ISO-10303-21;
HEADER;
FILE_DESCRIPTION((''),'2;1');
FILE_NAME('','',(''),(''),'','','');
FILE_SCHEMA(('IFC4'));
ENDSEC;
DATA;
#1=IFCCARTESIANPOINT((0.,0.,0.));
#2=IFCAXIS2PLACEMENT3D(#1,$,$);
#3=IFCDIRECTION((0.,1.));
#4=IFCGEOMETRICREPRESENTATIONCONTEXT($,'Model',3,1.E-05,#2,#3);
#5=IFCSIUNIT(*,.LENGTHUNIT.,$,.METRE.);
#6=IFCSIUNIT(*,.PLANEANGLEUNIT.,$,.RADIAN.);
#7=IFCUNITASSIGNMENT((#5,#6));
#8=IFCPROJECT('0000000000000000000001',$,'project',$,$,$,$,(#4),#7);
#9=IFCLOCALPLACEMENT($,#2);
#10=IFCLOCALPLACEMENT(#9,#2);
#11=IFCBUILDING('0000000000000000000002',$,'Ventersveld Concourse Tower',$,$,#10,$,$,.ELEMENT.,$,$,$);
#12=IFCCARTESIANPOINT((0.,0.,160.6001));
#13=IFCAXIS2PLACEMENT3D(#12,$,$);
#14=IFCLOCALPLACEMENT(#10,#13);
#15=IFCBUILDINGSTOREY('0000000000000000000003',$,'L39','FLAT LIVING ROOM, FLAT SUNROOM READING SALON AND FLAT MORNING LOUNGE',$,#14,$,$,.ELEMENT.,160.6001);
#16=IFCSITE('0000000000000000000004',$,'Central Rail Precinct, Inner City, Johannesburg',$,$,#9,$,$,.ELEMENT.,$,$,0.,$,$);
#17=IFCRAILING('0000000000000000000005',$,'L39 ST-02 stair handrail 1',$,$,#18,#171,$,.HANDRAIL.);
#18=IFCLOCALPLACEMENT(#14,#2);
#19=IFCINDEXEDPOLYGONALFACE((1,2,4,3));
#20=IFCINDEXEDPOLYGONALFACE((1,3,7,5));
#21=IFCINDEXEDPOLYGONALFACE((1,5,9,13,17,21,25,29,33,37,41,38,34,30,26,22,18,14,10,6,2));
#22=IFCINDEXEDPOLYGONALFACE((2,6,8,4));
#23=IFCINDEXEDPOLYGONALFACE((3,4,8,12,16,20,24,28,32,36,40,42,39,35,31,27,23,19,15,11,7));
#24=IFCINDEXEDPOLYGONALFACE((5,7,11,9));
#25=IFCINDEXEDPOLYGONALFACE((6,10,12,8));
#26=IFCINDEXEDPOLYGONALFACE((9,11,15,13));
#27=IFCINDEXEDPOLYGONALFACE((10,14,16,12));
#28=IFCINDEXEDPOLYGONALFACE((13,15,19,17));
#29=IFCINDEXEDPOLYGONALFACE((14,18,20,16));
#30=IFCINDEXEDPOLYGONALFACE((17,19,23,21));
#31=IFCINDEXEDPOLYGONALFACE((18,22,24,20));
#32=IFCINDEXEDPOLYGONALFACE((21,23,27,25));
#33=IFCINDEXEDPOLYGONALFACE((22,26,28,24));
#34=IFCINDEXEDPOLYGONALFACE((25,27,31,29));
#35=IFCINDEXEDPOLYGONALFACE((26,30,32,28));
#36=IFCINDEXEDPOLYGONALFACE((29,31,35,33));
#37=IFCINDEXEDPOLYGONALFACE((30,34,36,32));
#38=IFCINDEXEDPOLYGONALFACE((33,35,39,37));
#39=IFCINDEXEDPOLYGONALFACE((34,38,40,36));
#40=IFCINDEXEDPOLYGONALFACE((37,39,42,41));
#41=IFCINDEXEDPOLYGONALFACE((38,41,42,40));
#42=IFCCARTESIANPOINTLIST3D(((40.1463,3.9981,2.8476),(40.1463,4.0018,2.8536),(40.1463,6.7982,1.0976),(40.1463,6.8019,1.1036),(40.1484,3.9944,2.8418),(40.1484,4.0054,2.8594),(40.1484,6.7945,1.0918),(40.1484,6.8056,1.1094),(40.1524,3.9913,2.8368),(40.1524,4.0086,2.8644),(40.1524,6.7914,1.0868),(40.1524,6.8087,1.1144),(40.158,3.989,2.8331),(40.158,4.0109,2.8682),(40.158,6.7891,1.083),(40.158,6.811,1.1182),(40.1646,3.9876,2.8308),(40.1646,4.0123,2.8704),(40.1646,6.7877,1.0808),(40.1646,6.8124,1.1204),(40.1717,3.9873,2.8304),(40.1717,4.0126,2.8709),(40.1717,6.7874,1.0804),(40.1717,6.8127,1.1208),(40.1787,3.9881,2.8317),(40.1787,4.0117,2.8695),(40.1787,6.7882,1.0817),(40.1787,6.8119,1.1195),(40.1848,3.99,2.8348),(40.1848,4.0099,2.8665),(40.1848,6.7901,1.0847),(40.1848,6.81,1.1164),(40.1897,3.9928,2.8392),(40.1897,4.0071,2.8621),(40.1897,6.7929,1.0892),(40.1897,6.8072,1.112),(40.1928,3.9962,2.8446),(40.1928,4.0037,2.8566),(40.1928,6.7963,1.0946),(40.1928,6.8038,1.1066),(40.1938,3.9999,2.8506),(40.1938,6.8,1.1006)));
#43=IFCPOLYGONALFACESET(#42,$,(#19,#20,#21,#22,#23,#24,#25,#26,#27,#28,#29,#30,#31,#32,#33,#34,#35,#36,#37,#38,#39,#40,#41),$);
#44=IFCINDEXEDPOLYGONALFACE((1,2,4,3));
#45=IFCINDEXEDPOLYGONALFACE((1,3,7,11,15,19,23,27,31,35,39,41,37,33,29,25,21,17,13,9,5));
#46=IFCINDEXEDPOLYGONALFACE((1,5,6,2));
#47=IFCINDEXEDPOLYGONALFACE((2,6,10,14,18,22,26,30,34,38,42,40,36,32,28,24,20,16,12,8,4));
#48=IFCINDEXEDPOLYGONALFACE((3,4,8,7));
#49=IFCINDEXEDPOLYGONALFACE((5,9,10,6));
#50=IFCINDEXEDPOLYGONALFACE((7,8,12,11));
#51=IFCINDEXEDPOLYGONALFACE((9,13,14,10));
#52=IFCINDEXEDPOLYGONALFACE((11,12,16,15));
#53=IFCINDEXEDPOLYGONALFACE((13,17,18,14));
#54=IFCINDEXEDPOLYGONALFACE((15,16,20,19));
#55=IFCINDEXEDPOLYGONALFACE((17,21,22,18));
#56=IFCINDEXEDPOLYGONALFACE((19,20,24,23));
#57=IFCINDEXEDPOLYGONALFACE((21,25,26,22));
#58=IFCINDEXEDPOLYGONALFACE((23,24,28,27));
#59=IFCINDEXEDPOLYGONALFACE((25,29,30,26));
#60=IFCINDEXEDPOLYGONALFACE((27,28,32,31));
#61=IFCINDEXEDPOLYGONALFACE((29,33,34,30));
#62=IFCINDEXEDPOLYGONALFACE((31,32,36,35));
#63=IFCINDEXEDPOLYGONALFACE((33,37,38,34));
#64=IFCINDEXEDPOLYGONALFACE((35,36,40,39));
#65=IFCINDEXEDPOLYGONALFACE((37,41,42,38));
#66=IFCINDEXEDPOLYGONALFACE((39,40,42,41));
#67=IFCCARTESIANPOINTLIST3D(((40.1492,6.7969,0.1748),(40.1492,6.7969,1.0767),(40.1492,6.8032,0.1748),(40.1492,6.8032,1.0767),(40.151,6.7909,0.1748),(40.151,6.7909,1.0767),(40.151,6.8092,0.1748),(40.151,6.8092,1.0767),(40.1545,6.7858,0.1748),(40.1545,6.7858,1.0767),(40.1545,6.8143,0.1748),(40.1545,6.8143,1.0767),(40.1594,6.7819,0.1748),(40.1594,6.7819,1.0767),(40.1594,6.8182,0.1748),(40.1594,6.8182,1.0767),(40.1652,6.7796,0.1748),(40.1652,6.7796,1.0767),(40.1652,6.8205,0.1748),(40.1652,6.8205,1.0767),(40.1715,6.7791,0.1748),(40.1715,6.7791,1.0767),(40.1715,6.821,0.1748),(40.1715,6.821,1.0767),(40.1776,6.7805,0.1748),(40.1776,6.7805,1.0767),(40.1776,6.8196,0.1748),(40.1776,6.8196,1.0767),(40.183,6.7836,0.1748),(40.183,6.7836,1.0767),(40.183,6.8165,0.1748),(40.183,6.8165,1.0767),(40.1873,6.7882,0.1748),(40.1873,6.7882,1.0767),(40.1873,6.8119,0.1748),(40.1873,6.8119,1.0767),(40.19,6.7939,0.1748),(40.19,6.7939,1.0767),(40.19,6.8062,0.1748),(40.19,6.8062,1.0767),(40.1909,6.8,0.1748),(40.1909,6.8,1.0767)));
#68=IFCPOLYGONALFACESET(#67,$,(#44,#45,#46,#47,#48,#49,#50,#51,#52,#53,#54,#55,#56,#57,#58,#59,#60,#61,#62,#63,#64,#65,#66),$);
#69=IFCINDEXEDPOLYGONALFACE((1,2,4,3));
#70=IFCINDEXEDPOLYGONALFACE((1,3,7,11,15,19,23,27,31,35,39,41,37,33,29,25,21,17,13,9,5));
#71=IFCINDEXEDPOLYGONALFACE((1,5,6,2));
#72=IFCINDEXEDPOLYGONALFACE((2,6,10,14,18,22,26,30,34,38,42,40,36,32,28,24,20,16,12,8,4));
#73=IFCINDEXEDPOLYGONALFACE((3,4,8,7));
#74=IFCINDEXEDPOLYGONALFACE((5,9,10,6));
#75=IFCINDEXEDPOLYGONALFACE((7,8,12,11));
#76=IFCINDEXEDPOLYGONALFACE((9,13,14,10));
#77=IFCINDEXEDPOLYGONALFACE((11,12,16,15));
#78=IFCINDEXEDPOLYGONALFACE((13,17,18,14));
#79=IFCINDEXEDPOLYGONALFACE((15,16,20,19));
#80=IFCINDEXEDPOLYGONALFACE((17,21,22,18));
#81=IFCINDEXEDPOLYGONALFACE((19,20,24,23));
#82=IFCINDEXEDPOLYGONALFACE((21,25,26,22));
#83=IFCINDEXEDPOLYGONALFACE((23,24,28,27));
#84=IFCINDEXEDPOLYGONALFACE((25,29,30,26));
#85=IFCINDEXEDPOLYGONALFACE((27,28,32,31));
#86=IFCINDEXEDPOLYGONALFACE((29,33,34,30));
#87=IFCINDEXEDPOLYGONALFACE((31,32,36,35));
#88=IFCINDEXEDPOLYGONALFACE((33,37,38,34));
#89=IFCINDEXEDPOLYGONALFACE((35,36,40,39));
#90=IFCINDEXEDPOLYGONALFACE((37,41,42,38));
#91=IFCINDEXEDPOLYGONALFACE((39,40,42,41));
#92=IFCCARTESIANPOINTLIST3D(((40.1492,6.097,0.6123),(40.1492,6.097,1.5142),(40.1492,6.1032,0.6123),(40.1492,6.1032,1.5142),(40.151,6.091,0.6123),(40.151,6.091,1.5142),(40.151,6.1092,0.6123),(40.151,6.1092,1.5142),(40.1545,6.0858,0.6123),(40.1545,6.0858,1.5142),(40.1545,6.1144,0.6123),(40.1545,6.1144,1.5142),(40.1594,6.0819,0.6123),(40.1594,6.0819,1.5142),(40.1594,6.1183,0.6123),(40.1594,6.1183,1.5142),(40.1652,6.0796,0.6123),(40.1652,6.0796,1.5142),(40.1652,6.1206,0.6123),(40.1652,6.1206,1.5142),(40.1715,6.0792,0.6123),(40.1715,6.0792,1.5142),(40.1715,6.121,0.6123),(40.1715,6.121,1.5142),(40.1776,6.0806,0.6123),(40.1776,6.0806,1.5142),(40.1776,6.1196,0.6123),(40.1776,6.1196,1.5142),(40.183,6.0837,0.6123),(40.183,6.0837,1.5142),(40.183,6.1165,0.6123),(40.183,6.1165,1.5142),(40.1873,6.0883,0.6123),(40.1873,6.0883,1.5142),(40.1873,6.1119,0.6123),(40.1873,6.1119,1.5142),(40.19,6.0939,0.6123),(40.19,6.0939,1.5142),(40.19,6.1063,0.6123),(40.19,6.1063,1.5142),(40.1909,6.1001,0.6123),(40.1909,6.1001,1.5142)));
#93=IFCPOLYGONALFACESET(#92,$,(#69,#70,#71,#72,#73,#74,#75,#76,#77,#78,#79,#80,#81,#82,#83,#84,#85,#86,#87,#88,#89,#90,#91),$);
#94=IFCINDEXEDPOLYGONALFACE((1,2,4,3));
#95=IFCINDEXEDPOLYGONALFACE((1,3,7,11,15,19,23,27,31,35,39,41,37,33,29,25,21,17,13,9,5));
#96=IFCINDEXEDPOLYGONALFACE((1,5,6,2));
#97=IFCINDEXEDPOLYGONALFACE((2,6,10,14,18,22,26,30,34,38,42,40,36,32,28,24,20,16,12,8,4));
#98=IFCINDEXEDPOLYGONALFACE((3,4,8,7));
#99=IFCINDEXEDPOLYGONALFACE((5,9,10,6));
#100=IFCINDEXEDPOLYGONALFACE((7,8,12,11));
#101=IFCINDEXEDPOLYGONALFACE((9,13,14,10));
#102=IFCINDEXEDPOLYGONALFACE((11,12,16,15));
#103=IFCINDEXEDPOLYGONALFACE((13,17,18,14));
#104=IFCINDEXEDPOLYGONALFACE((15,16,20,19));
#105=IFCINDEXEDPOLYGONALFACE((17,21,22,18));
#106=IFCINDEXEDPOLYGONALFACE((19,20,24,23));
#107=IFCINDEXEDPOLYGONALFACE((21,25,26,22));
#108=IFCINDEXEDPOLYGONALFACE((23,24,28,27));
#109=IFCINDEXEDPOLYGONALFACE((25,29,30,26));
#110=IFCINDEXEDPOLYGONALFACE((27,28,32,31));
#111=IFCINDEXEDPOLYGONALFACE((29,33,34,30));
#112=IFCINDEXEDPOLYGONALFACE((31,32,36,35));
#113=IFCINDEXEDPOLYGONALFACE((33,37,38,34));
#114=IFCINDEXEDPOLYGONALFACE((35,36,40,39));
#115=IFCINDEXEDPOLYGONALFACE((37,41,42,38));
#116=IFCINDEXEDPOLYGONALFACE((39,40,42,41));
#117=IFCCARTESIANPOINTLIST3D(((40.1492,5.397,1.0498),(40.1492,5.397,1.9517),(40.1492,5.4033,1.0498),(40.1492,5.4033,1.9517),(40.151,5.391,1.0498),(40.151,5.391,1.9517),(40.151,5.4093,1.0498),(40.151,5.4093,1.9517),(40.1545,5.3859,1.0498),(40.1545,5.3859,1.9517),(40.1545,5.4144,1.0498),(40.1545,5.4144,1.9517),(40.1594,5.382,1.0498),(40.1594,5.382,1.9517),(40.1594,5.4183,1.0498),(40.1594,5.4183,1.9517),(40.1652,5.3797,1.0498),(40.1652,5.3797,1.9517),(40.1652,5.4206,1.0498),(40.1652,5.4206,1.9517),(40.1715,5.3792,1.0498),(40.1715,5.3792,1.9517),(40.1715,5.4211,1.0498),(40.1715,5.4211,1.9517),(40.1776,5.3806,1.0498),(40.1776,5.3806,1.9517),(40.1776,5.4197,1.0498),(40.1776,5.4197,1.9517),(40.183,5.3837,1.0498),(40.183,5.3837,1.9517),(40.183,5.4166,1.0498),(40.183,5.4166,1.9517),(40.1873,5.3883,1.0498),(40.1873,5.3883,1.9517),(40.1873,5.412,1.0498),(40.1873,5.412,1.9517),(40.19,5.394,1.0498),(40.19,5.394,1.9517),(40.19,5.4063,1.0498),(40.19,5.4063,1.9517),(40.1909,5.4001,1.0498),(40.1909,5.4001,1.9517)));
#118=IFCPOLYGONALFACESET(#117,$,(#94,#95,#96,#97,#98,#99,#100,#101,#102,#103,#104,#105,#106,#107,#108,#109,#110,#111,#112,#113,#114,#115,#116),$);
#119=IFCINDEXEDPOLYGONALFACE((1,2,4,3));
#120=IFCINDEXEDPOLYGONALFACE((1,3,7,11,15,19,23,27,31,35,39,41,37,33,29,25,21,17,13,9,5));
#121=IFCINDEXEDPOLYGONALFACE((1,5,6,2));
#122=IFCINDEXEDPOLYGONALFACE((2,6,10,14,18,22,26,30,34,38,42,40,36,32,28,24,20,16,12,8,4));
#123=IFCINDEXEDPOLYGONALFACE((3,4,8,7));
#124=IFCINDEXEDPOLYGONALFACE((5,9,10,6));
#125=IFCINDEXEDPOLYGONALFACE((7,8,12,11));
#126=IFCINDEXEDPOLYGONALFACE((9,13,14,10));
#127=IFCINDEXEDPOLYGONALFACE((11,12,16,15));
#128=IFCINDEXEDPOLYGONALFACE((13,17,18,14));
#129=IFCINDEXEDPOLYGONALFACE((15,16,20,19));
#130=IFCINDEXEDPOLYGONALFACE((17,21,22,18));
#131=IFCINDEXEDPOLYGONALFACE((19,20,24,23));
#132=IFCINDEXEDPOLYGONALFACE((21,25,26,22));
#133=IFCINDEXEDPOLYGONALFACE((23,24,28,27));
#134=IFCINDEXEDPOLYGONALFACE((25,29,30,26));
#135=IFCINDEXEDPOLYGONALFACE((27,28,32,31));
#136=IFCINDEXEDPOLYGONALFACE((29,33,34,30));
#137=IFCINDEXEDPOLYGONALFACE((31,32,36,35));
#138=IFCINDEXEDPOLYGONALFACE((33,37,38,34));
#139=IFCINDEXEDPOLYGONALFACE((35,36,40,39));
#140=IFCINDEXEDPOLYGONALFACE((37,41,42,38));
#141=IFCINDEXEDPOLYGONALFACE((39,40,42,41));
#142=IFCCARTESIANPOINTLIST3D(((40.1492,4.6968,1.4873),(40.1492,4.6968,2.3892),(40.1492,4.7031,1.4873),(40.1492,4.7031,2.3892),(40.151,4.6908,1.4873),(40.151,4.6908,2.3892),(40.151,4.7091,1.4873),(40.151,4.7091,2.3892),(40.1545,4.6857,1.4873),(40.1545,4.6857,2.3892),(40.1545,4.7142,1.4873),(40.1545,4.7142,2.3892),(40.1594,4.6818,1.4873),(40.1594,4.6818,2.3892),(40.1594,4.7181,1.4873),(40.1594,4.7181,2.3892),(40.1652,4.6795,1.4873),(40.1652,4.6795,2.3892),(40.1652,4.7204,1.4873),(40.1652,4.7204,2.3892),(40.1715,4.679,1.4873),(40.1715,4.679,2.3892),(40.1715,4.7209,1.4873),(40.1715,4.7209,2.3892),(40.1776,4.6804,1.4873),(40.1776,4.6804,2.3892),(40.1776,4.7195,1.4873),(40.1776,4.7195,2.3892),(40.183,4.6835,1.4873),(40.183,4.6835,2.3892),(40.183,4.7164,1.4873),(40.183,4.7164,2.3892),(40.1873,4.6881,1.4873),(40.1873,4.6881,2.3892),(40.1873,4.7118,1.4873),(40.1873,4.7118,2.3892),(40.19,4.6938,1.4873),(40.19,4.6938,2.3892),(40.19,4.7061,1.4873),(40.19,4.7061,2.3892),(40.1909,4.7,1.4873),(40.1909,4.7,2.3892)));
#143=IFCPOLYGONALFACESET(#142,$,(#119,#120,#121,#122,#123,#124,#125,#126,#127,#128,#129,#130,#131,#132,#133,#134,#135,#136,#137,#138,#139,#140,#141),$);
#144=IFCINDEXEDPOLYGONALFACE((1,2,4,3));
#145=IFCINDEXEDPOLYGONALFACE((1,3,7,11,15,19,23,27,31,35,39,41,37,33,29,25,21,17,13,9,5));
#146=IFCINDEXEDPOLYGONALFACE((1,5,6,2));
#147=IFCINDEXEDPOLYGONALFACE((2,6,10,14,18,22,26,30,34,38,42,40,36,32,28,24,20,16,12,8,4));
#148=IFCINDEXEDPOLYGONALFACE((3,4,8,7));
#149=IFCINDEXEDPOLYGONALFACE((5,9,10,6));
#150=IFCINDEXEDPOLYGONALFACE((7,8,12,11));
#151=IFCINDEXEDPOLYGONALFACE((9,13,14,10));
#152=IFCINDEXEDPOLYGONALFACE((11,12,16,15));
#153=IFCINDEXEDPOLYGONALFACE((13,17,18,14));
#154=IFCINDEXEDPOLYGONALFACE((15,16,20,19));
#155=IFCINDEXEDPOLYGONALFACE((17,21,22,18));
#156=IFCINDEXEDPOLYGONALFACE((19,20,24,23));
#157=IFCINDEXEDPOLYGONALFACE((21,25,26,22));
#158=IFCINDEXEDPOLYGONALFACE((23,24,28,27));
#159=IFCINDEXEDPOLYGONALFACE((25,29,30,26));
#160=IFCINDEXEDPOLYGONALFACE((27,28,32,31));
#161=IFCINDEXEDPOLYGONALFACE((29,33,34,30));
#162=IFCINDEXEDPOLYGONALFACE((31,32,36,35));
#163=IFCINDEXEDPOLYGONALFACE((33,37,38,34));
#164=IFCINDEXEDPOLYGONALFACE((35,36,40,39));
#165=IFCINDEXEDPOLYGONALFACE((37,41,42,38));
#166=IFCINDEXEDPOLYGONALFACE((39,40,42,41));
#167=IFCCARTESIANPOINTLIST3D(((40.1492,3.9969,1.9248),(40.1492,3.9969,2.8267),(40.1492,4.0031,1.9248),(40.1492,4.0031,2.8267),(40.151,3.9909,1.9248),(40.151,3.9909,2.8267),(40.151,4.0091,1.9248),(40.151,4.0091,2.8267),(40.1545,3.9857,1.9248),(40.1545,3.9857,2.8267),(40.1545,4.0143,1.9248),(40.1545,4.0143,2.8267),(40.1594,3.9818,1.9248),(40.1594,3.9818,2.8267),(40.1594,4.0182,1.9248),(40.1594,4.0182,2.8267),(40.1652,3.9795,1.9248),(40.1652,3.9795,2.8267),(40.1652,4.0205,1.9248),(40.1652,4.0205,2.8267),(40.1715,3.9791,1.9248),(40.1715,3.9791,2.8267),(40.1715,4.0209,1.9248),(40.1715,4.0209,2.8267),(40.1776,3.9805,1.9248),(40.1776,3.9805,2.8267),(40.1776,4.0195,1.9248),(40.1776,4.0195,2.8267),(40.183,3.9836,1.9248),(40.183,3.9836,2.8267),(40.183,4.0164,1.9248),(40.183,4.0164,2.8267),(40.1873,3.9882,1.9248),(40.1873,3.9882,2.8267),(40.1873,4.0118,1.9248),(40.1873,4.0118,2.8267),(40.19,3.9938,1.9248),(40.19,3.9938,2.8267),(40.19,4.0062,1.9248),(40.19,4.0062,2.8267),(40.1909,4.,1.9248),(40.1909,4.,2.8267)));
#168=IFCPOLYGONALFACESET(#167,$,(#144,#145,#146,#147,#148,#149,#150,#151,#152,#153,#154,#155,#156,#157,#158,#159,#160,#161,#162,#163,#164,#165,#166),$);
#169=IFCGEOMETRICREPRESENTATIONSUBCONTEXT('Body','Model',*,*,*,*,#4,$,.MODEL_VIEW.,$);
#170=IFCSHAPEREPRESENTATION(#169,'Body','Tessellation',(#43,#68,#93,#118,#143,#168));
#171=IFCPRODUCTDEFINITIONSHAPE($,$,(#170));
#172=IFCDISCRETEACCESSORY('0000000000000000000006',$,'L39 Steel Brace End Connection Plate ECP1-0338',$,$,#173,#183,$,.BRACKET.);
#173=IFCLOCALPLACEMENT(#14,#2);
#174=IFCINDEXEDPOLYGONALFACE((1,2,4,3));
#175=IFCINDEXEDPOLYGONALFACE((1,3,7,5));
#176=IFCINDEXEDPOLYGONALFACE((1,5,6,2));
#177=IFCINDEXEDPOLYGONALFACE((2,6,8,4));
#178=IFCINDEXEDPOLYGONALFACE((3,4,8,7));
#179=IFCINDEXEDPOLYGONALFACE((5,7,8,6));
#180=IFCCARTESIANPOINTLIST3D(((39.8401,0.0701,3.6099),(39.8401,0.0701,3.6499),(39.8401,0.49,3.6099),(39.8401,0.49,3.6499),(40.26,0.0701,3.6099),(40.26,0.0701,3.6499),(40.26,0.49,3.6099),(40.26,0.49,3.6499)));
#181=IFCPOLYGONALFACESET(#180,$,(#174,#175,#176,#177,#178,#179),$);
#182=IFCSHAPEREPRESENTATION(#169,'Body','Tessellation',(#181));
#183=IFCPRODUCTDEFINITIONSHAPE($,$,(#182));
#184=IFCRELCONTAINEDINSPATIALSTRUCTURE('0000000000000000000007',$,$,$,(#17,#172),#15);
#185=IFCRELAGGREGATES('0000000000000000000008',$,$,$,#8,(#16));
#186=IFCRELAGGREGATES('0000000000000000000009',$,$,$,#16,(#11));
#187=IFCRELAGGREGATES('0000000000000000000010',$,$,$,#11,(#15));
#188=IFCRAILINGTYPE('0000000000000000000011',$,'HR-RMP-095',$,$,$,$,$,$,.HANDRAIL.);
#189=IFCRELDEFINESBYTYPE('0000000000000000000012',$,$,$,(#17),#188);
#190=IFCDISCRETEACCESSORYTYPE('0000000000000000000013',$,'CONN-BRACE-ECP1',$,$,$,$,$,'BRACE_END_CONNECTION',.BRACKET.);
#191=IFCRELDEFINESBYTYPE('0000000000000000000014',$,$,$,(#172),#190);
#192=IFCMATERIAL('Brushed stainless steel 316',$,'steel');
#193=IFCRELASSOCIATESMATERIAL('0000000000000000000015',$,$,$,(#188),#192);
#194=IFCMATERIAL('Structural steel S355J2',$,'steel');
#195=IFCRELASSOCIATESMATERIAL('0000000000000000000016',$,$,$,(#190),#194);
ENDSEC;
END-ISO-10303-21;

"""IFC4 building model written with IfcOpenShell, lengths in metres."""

from ifc_helpers import new_model, si_unit, direction, frame, origin, origin_2d, place, context, subcontext, project, spatial, rectangle, circle, extrude, material, type_object, element, save


model = new_model("IFC4")

# Units and contexts
model_context = context("Model", 3, precision=1e-05, world=origin(), true_north=direction((0.0, 1.0)))
body_context = subcontext(model_context, "Body", "Model", "MODEL_VIEW")
ifc_project = project(units=[si_unit("LENGTHUNIT", "METRE"), si_unit("PLANEANGLEUNIT", "RADIAN")], contexts=[model_context])

# Site, building, storey
site_placement = place(None, origin())
site = spatial("IfcSite", under=ifc_project, at=site_placement, Name="Central Rail Precinct, Inner City, Johannesburg", CompositionType="ELEMENT", RefElevation=0.0)
building_placement = place(site_placement, origin())
building = spatial("IfcBuilding", under=site, at=building_placement, Name="Ventersveld Concourse Tower", CompositionType="ELEMENT")
storey_placement = place(building_placement, frame((0.0, 0.0, 160.6001)))
storey = spatial("IfcBuildingStorey", under=building, at=storey_placement, Name="L39", Description="FLAT LIVING ROOM, FLAT SUNROOM READING SALON AND FLAT MORNING LOUNGE", CompositionType="ELEMENT", Elevation=160.6001)

# Railing
ifc_material_1 = material(Name="Brushed stainless steel 316", Category="steel")
railing_type_1 = type_object("IfcRailingType", Name="HR-RMP-095", PredefinedType="HANDRAIL", material=ifc_material_1)
railing_1_placement = place(storey_placement, frame((40.1699, 6.8, 0.1748)))
element("IfcRailing", 1, at=railing_1_placement, inside=storey, type_object=railing_type_1, Name="L39 ST-02 stair handrail 1", PredefinedType="HANDRAIL", context=body_context, shape_type="SweptSolid", body=[
    extrude(circle(Radius=0.0239, at=origin_2d()), frame((0.0, 0.0, 0.9258), z_axis=(0.0, -0.848002, 0.529992), x_axis=(1.0, 0.0, 0.0)), (0.0, 0.0, 1.0), 3.302),
    extrude(circle(Radius=0.021, at=origin_2d()), origin(), (0.0, 0.0, 1.0), 0.9019),
    extrude(circle(Radius=0.021, at=origin_2d()), frame((0.0, -0.7, 0.4375)), (0.0, 0.0, 1.0), 0.9019),
    extrude(circle(Radius=0.021, at=origin_2d()), frame((0.0, -1.3999, 0.875)), (0.0, 0.0, 1.0), 0.9019),
    extrude(circle(Radius=0.021, at=origin_2d()), frame((0.0, -2.1001, 1.3125)), (0.0, 0.0, 1.0), 0.9019),
    extrude(circle(Radius=0.021, at=origin_2d()), frame((0.0, -2.8, 1.75)), (0.0, 0.0, 1.0), 0.9019),
])

# Discrete accessory
ifc_material_2 = material(Name="Structural steel S355J2", Category="steel")
discrete_accessory_type = type_object("IfcDiscreteAccessoryType", Name="CONN-BRACE-ECP1", ElementType="BRACE_END_CONNECTION", PredefinedType="BRACKET", material=ifc_material_2)
discrete_accessory_placement = place(storey_placement, frame((40.05, 0.28, 3.6099), z_axis=(0.0, 0.0, 1.0), x_axis=(1.0, 0.0, 0.0)))
element("IfcDiscreteAccessory", 2, at=discrete_accessory_placement, inside=storey, type_object=discrete_accessory_type, Name="L39 Steel Brace End Connection Plate ECP1-0338", PredefinedType="BRACKET", context=body_context, shape_type="SweptSolid", body=[
    extrude(rectangle(XDim=0.4199, YDim=0.4199, at=origin_2d()), origin(), (0.0, 0.0, 1.0), 0.04),
])

save(model, "model.ifc")
